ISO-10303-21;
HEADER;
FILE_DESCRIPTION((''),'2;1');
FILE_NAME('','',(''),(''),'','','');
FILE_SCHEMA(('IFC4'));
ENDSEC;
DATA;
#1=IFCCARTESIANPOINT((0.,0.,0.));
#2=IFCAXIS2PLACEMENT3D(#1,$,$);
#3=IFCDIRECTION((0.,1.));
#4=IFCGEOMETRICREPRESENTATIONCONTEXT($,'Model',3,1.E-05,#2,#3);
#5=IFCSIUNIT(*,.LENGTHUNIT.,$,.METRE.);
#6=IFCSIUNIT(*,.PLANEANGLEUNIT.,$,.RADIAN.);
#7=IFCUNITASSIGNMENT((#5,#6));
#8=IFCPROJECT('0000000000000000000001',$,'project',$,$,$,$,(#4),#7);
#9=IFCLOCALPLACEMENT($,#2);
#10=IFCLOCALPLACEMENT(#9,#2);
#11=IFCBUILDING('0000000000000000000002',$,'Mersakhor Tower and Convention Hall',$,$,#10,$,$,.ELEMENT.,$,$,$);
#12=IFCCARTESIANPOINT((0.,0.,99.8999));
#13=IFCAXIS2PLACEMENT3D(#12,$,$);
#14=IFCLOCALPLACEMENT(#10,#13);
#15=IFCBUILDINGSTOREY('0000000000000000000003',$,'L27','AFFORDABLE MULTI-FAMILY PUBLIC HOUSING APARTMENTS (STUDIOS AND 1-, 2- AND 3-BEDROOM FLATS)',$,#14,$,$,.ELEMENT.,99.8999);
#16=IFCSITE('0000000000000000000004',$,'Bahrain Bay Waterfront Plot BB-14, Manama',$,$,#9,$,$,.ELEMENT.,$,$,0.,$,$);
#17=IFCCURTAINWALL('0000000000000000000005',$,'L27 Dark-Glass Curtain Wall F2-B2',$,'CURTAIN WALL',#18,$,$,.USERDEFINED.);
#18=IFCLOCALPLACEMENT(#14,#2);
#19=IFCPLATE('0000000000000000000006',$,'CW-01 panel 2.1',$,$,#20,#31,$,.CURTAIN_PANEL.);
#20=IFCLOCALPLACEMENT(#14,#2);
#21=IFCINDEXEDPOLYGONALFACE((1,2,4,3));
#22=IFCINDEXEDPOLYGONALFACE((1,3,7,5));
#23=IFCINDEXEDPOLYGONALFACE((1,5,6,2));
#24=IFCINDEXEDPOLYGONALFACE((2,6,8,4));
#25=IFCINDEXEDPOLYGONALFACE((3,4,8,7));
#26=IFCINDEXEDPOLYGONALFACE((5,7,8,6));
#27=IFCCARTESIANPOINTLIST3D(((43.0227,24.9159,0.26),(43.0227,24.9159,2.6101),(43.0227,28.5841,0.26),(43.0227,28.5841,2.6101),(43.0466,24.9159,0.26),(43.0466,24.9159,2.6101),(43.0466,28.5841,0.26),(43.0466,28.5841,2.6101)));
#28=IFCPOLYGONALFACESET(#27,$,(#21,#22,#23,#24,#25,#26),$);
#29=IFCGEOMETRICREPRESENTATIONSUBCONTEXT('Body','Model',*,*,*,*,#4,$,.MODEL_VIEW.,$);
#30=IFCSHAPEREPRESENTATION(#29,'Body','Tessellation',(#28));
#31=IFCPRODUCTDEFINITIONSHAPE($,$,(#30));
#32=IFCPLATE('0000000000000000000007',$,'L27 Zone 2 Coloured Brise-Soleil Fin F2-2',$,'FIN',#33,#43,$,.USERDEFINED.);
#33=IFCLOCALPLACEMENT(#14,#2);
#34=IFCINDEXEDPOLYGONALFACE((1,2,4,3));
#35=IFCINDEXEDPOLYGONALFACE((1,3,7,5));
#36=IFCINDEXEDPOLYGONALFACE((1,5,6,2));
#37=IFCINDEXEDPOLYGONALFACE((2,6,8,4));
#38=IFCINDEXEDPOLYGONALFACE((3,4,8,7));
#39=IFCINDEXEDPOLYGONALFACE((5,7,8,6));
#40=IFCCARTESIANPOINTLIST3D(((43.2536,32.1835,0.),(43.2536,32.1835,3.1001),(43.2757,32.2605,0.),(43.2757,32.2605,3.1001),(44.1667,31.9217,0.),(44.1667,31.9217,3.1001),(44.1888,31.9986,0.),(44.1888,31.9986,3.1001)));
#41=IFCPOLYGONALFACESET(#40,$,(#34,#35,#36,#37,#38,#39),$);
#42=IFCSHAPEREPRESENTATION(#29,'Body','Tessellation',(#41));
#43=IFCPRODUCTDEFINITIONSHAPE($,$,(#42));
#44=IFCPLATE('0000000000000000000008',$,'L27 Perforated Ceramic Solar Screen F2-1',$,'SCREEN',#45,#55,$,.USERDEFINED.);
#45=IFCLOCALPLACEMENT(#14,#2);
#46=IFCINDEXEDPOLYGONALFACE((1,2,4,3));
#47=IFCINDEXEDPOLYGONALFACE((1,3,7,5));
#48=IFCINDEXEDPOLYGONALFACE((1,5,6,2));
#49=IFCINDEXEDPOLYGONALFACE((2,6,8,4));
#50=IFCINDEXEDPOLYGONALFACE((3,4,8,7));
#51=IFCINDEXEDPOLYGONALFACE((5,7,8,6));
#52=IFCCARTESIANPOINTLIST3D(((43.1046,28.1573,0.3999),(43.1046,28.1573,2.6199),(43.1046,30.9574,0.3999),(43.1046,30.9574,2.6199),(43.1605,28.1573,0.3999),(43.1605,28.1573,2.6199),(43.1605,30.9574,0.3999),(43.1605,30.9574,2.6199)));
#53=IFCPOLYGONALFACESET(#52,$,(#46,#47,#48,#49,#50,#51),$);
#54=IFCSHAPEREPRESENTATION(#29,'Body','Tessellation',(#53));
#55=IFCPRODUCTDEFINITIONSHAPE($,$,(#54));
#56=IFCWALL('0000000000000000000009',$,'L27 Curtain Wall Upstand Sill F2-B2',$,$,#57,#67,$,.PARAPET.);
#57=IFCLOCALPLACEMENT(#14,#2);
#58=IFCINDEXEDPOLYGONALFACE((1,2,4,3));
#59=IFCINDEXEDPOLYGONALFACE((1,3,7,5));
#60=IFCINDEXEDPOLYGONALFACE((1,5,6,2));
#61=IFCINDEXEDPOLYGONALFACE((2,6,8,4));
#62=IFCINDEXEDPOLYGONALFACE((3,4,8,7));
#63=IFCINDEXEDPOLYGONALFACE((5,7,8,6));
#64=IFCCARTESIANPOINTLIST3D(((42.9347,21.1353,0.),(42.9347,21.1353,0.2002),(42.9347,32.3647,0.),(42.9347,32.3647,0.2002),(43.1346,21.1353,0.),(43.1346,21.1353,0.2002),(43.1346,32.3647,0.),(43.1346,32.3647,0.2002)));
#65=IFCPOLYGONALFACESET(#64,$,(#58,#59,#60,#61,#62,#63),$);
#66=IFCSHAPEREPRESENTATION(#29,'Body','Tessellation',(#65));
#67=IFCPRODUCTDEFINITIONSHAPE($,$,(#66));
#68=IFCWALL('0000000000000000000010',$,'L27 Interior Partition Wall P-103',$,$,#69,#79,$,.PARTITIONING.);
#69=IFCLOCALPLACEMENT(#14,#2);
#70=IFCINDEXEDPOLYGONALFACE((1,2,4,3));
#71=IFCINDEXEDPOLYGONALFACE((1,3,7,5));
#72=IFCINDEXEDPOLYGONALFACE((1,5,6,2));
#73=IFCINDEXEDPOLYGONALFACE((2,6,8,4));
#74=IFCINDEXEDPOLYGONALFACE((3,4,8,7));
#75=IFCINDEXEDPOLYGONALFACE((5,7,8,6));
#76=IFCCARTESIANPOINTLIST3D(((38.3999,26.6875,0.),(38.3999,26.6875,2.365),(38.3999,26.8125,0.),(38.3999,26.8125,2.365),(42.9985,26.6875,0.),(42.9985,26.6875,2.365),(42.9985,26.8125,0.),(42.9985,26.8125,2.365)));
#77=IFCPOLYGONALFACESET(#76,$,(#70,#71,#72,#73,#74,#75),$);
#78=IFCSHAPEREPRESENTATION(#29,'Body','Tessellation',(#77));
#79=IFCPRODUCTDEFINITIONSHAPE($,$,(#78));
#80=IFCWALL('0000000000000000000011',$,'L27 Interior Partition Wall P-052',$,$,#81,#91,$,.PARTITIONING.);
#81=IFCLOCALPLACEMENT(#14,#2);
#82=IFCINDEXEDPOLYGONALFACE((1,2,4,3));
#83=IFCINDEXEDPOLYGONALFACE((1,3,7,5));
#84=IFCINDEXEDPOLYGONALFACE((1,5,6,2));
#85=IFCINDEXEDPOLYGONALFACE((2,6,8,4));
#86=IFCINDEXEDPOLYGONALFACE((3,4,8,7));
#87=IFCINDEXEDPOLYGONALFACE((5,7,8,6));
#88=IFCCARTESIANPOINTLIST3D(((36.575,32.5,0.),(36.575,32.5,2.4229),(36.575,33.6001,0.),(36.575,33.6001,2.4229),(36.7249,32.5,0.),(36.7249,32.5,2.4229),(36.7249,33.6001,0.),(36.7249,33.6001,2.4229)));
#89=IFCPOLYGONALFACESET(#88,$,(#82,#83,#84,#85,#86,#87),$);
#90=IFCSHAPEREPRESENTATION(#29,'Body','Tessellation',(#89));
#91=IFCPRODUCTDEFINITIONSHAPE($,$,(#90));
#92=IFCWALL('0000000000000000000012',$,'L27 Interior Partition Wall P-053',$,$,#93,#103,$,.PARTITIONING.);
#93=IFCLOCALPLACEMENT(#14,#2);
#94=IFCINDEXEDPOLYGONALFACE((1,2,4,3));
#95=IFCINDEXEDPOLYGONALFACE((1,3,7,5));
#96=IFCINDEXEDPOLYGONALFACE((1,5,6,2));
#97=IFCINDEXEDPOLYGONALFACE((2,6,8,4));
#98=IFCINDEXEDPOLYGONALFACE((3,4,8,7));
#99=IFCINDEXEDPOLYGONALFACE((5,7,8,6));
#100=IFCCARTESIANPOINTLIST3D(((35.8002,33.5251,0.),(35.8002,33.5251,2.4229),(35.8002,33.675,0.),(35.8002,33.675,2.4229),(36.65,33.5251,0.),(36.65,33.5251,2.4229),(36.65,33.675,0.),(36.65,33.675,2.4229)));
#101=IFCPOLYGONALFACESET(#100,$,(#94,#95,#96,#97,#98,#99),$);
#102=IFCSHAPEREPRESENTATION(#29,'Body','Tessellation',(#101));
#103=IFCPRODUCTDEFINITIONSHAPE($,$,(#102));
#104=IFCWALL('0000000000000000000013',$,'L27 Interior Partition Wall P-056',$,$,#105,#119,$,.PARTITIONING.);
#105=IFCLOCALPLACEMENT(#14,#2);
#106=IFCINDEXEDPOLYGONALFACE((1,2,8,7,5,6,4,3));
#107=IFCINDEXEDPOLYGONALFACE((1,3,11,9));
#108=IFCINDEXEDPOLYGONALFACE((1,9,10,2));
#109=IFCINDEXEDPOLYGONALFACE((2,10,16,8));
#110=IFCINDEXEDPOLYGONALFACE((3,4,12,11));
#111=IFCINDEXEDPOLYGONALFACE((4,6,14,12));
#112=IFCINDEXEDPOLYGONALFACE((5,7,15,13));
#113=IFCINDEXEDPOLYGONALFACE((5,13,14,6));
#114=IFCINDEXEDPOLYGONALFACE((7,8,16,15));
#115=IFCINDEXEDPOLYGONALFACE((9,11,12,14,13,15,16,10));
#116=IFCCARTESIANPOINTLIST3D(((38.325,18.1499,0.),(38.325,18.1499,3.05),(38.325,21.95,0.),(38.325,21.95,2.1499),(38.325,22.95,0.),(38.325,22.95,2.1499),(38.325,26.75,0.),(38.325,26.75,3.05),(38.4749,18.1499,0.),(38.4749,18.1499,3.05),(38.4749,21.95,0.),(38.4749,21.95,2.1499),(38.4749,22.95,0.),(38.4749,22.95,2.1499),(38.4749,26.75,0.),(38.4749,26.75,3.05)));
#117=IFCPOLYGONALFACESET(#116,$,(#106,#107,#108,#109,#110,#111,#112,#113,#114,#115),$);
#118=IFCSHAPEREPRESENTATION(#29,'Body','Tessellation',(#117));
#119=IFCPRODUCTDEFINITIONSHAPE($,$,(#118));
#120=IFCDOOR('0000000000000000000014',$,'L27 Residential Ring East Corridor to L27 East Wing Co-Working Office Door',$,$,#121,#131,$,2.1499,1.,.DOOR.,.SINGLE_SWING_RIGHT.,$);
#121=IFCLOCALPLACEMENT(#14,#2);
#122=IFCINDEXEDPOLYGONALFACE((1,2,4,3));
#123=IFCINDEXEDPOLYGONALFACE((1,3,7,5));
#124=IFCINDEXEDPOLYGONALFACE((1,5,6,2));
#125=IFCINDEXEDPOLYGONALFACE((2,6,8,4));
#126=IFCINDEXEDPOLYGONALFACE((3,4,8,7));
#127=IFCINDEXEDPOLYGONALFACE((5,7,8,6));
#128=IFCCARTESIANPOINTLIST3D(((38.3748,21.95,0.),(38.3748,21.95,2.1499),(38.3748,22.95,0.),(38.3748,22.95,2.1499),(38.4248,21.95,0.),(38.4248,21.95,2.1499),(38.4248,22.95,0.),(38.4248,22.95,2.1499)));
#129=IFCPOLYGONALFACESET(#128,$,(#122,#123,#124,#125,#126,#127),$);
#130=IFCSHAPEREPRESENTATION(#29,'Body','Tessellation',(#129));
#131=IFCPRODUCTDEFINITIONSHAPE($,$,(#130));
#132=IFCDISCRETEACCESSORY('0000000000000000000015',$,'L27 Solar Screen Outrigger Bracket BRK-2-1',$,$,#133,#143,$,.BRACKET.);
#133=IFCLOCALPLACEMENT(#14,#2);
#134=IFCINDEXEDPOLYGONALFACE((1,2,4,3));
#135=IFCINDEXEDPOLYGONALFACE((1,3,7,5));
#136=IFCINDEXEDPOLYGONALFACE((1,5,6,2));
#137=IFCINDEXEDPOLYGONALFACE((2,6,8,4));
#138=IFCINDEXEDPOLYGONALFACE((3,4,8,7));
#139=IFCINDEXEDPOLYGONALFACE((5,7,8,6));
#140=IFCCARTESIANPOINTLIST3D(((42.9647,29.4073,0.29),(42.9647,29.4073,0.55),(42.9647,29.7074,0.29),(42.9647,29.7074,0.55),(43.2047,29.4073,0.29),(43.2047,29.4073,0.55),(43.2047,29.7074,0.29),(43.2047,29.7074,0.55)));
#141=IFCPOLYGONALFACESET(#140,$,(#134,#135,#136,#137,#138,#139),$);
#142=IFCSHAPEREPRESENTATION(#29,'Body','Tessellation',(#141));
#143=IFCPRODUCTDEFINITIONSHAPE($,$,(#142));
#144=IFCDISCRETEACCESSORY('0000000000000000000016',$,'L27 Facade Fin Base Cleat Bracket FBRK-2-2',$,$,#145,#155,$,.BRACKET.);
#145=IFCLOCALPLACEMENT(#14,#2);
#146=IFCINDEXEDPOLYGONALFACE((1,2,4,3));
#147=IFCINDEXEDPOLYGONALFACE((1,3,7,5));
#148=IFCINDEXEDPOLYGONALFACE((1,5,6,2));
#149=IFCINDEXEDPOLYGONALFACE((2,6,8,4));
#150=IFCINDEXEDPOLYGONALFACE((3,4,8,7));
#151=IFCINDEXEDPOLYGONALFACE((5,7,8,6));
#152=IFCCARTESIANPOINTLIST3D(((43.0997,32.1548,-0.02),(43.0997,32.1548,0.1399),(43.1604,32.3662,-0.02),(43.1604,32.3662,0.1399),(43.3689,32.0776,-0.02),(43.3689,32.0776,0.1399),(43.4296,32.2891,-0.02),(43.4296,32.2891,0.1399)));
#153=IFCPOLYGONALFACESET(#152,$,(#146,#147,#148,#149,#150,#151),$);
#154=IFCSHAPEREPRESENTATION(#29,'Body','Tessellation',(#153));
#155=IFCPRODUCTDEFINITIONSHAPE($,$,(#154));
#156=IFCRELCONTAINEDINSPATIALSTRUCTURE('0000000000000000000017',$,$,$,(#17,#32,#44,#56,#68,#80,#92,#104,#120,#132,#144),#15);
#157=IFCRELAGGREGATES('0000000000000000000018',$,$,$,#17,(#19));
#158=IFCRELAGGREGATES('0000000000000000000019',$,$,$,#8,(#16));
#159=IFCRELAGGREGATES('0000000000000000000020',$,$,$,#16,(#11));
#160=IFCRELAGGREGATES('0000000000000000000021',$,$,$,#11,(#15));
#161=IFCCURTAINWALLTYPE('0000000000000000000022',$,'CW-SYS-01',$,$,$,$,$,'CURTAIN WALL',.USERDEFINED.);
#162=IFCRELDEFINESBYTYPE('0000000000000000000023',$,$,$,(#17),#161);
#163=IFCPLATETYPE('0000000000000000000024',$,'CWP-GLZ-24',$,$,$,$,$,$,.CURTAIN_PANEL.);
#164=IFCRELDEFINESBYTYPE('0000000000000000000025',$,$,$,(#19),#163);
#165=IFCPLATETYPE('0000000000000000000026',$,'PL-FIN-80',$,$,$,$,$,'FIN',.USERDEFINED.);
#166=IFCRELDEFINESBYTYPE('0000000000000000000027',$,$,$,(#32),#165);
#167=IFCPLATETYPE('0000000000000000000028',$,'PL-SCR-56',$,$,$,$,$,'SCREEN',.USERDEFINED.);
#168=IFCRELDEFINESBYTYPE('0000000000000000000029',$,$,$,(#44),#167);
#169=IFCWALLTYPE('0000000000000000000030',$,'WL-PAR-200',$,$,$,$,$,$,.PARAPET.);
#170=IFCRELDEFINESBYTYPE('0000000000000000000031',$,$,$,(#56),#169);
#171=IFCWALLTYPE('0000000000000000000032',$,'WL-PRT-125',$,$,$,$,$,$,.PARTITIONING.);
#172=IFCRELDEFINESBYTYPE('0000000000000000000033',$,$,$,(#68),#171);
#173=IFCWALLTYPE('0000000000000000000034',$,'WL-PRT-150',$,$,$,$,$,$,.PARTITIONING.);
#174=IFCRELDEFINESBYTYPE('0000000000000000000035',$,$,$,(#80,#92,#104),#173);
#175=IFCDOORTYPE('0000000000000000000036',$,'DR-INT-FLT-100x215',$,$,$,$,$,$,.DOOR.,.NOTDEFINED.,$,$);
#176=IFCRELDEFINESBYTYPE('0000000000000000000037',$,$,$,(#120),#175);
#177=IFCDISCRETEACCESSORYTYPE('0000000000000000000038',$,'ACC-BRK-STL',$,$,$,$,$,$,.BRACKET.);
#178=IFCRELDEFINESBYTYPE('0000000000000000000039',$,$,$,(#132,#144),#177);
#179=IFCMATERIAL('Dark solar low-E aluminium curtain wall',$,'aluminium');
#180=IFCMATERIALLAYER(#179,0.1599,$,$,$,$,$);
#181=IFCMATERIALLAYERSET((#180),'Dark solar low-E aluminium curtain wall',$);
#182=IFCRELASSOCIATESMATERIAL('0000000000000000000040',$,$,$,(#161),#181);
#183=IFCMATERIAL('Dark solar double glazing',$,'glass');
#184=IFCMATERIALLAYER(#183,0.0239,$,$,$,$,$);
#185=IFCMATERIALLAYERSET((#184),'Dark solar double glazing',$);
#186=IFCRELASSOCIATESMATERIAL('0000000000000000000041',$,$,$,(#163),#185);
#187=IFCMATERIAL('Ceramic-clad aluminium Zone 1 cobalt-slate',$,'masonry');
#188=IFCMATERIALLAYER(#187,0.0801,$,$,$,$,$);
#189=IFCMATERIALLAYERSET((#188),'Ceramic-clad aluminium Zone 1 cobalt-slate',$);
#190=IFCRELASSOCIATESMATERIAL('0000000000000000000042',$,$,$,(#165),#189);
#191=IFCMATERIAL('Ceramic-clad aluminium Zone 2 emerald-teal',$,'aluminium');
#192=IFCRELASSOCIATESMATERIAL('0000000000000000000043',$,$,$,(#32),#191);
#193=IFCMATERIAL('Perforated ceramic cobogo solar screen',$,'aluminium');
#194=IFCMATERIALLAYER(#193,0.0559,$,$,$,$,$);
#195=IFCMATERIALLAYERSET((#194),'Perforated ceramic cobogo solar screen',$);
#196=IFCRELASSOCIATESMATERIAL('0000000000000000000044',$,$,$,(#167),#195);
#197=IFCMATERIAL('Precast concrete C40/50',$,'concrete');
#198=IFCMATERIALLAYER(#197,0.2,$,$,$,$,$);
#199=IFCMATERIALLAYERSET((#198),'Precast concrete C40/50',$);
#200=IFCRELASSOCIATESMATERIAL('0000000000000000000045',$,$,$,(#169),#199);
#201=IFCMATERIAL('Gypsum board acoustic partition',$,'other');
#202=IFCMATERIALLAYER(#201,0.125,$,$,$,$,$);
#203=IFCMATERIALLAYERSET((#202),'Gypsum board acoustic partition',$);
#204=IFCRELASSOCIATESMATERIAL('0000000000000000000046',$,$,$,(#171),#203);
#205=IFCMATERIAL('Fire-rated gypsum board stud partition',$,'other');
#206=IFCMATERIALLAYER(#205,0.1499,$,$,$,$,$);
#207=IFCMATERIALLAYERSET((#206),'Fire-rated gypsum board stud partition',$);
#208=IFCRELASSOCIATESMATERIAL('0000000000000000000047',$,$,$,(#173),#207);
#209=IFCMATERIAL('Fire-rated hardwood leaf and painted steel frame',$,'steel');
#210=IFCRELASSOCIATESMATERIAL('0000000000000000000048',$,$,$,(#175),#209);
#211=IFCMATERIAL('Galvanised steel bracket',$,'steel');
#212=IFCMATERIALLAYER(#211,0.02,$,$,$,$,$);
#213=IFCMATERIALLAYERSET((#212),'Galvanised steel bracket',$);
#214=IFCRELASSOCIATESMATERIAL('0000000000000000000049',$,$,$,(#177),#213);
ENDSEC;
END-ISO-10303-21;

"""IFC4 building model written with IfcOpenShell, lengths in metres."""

from ifc_helpers import new_model, si_unit, direction, frame, frame_2d, origin, origin_2d, place, context, subcontext, project, spatial, rectangle, extrude, material, layer, layer_set, type_object, element, fill, aggregate, save


model = new_model("IFC4")

# Units and contexts
model_context = context("Model", 3, precision=1e-05, world=origin(), true_north=direction((0.0, 1.0)))
body_context = subcontext(model_context, "Body", "Model", "MODEL_VIEW")
ifc_project = project(units=[si_unit("LENGTHUNIT", "METRE"), si_unit("PLANEANGLEUNIT", "RADIAN")], contexts=[model_context])

# Site, building, storey
site_placement = place(None, origin())
site = spatial("IfcSite", under=ifc_project, at=site_placement, Name="Bahrain Bay Waterfront Plot BB-14, Manama", CompositionType="ELEMENT", RefElevation=0.0)
building_placement = place(site_placement, origin())
building = spatial("IfcBuilding", under=site, at=building_placement, Name="Mersakhor Tower and Convention Hall", CompositionType="ELEMENT")
storey_placement = place(building_placement, frame((0.0, 0.0, 99.8999)))
storey = spatial("IfcBuildingStorey", under=building, at=storey_placement, Name="L27", Description="AFFORDABLE MULTI-FAMILY PUBLIC HOUSING APARTMENTS (STUDIOS AND 1-, 2- AND 3-BEDROOM FLATS)", CompositionType="ELEMENT", Elevation=99.8999)

# Curtain wall, plate
ifc_material_1 = material(Name="Dark solar low-E aluminium curtain wall", Category="aluminium")
ifc_layer_1 = layer(ifc_material_1, 0.1599)
ifc_layer_set_1 = layer_set([ifc_layer_1], Name="Dark solar low-E aluminium curtain wall")
curtain_wall_type = type_object("IfcCurtainWallType", Name="CW-SYS-01", ElementType="CURTAIN WALL", PredefinedType="USERDEFINED", material=ifc_layer_set_1)
curtain_wall_placement = place(storey_placement, origin())
curtain_wall = element("IfcCurtainWall", 1, at=curtain_wall_placement, inside=storey, type_object=curtain_wall_type, Name="L27 Dark-Glass Curtain Wall F2-B2", ObjectType="CURTAIN WALL", PredefinedType="USERDEFINED")
ifc_material_2 = material(Name="Dark solar double glazing", Category="glass")
ifc_layer_2 = layer(ifc_material_2, 0.0239)
ifc_layer_set_2 = layer_set([ifc_layer_2], Name="Dark solar double glazing")
plate_type_1 = type_object("IfcPlateType", Name="CWP-GLZ-24", PredefinedType="CURTAIN_PANEL", material=ifc_layer_set_2)
plate_1_placement = place(storey_placement, frame((43.0347, 26.75, 0.26), z_axis=(0.0, 0.0, 1.0), x_axis=(0.0, -1.0, 0.0)))
plate_1 = element("IfcPlate", 2, at=plate_1_placement, type_object=plate_type_1, Name="CW-01 panel 2.1", PredefinedType="CURTAIN_PANEL", context=body_context, shape_type="SweptSolid", body=[
    extrude(rectangle(XDim=3.6682, YDim=0.0239, at=origin_2d()), origin(), (0.0, 0.0, 1.0), 2.3501),
])
aggregate(curtain_wall, [plate_1])

# Plates
ifc_material_3 = material(Name="Ceramic-clad aluminium Zone 2 emerald-teal", Category="aluminium")
ifc_material_4 = material(Name="Ceramic-clad aluminium Zone 1 cobalt-slate", Category="masonry")
ifc_layer_3 = layer(ifc_material_4, 0.0801)
ifc_layer_set_3 = layer_set([ifc_layer_3], Name="Ceramic-clad aluminium Zone 1 cobalt-slate")
plate_type_2 = type_object("IfcPlateType", Name="PL-FIN-80", ElementType="FIN", PredefinedType="USERDEFINED", material=ifc_layer_set_3)
plate_2_placement = place(storey_placement, frame((43.7212, 32.0911, 0.0), z_axis=(0.0, 0.0, 1.0), x_axis=(0.961262, -0.275637, 0.0)))
element("IfcPlate", 3, at=plate_2_placement, inside=storey, type_object=plate_type_2, material=ifc_material_3, Name="L27 Zone 2 Coloured Brise-Soleil Fin F2-2", ObjectType="FIN", PredefinedType="USERDEFINED", context=body_context, shape_type="SweptSolid", body=[
    extrude(rectangle(XDim=0.95, YDim=0.0801, at=origin_2d()), origin(), (0.0, 0.0, 1.0), 3.1001),
])
ifc_material_5 = material(Name="Perforated ceramic cobogo solar screen", Category="aluminium")
ifc_layer_4 = layer(ifc_material_5, 0.0559)
ifc_layer_set_4 = layer_set([ifc_layer_4], Name="Perforated ceramic cobogo solar screen")
plate_type_3 = type_object("IfcPlateType", Name="PL-SCR-56", ElementType="SCREEN", PredefinedType="USERDEFINED", material=ifc_layer_set_4)
plate_3_placement = place(storey_placement, frame((43.1326, 29.5574, 0.3999), z_axis=(0.0, 0.0, 1.0), x_axis=(0.0, -1.0, 0.0)))
element("IfcPlate", 4, at=plate_3_placement, inside=storey, type_object=plate_type_3, Name="L27 Perforated Ceramic Solar Screen F2-1", ObjectType="SCREEN", PredefinedType="USERDEFINED", context=body_context, shape_type="SweptSolid", body=[
    extrude(rectangle(XDim=2.8, YDim=0.0559, at=origin_2d()), origin(), (0.0, 0.0, 1.0), 2.22),
])

# Walls
ifc_material_6 = material(Name="Precast concrete C40/50", Category="concrete")
ifc_layer_5 = layer(ifc_material_6, 0.2)
ifc_layer_set_5 = layer_set([ifc_layer_5], Name="Precast concrete C40/50")
wall_type_1 = type_object("IfcWallType", Name="WL-PAR-200", PredefinedType="PARAPET", material=ifc_layer_set_5)
wall_1_placement = place(storey_placement, frame((43.0347, 32.3647, 0.0), z_axis=(0.0, 0.0, 1.0), x_axis=(0.0, -1.0, 0.0)))
element("IfcWall", 5, at=wall_1_placement, inside=storey, type_object=wall_type_1, Name="L27 Curtain Wall Upstand Sill F2-B2", PredefinedType="PARAPET", context=body_context, shape_type="SweptSolid", body=[
    extrude(rectangle(XDim=11.2295, YDim=0.2, at=frame_2d((5.6147, 0.0))), origin(), (0.0, 0.0, 1.0), 0.2002),
])
ifc_material_7 = material(Name="Gypsum board acoustic partition", Category="other")
ifc_layer_6 = layer(ifc_material_7, 0.125)
ifc_layer_set_6 = layer_set([ifc_layer_6], Name="Gypsum board acoustic partition")
wall_type_2 = type_object("IfcWallType", Name="WL-PRT-125", PredefinedType="PARTITIONING", material=ifc_layer_set_6)
wall_2_placement = place(storey_placement, frame((42.9985, 26.75, 0.0), z_axis=(0.0, 0.0, 1.0), x_axis=(-1.0, 0.0, 0.0)))
element("IfcWall", 6, at=wall_2_placement, inside=storey, type_object=wall_type_2, Name="L27 Interior Partition Wall P-103", PredefinedType="PARTITIONING", context=body_context, shape_type="SweptSolid", body=[
    extrude(rectangle(XDim=4.5986, YDim=0.125, at=frame_2d((2.2993, 0.0))), origin(), (0.0, 0.0, 1.0), 2.365),
])
ifc_material_8 = material(Name="Fire-rated gypsum board stud partition", Category="other")
ifc_layer_7 = layer(ifc_material_8, 0.1499)
ifc_layer_set_7 = layer_set([ifc_layer_7], Name="Fire-rated gypsum board stud partition")
wall_type_3 = type_object("IfcWallType", Name="WL-PRT-150", PredefinedType="PARTITIONING", material=ifc_layer_set_7)
wall_3_placement = place(storey_placement, frame((36.6499, 32.5, 0.0), z_axis=(0.0, 0.0, 1.0), x_axis=(0.0, 1.0, 0.0)))
element("IfcWall", 7, at=wall_3_placement, inside=storey, type_object=wall_type_3, Name="L27 Interior Partition Wall P-052", PredefinedType="PARTITIONING", context=body_context, shape_type="SweptSolid", body=[
    extrude(rectangle(XDim=1.1001, YDim=0.1499, at=frame_2d((0.55, 0.0))), origin(), (0.0, 0.0, 1.0), 2.4229),
])
wall_4_placement = place(storey_placement, frame((36.6499, 33.6001, 0.0), z_axis=(0.0, 0.0, 1.0), x_axis=(-1.0, 0.0, 0.0)))
element("IfcWall", 8, at=wall_4_placement, inside=storey, type_object=wall_type_3, Name="L27 Interior Partition Wall P-053", PredefinedType="PARTITIONING", context=body_context, shape_type="SweptSolid", body=[
    extrude(rectangle(XDim=0.8499, YDim=0.1499, at=frame_2d((0.4248, 0.0))), origin(), (0.0, 0.0, 1.0), 2.4229),
])

# Wall, opening, door
wall_5_placement = place(storey_placement, frame((38.3999, 26.75, 0.0), z_axis=(0.0, 0.0, 1.0), x_axis=(0.0, -1.0, 0.0)))
wall_5 = element("IfcWall", 9, at=wall_5_placement, inside=storey, type_object=wall_type_3, Name="L27 Interior Partition Wall P-056", PredefinedType="PARTITIONING", context=body_context, shape_type="SweptSolid", body=[
    extrude(rectangle(XDim=8.6001, YDim=0.1499, at=frame_2d((4.3, 0.0))), origin(), (0.0, 0.0, 1.0), 3.05),
])
opening_placement = place(wall_5_placement, frame((3.8, 0.0, 0.0)))
opening = element("IfcOpeningElement", 10, at=opening_placement, cuts=wall_5, PredefinedType="OPENING", context=body_context, shape_type="SweptSolid", body=[
    extrude(rectangle(XDim=1.0, YDim=2.1499, at=frame_2d((0.5, 1.075))), frame((0.0, 0.085, 0.0), z_axis=(0.0, -1.0, 0.0), x_axis=(1.0, 0.0, 0.0)), (0.0, 0.0, 1.0), 0.1699),
])
ifc_material_9 = material(Name="Fire-rated hardwood leaf and painted steel frame", Category="steel")
door_type = type_object("IfcDoorType", Name="DR-INT-FLT-100x215", OperationType="NOTDEFINED", PredefinedType="DOOR", material=ifc_material_9)
door_placement = place(opening_placement, origin())
door = element("IfcDoor", 11, at=door_placement, inside=storey, type_object=door_type, Name="L27 Residential Ring East Corridor to L27 East Wing Co-Working Office Door", OperationType="SINGLE_SWING_RIGHT", OverallHeight=2.1499, OverallWidth=1.0, PredefinedType="DOOR", context=body_context, shape_type="SweptSolid", body=[
    extrude(rectangle(XDim=1.0, YDim=2.1499, at=frame_2d((0.5, 1.075))), frame((0.0, 0.0249, 0.0), z_axis=(0.0, -1.0, 0.0), x_axis=(1.0, 0.0, 0.0)), (0.0, 0.0, 1.0), 0.05),
])
fill(opening, door)

# Discrete accessories
ifc_material_10 = material(Name="Galvanised steel bracket", Category="steel")
ifc_layer_8 = layer(ifc_material_10, 0.02)
ifc_layer_set_8 = layer_set([ifc_layer_8], Name="Galvanised steel bracket")
discrete_accessory_type = type_object("IfcDiscreteAccessoryType", Name="ACC-BRK-STL", PredefinedType="BRACKET", material=ifc_layer_set_8)
discrete_accessory_1_placement = place(storey_placement, frame((43.0847, 29.5574, 0.29), z_axis=(0.0, 0.0, 1.0), x_axis=(0.0, -1.0, 0.0)))
element("IfcDiscreteAccessory", 12, at=discrete_accessory_1_placement, inside=storey, type_object=discrete_accessory_type, Name="L27 Solar Screen Outrigger Bracket BRK-2-1", PredefinedType="BRACKET", context=body_context, shape_type="SweptSolid", body=[
    extrude(rectangle(XDim=0.3, YDim=0.24, at=origin_2d()), origin(), (0.0, 0.0, 1.0), 0.26),
])
discrete_accessory_2_placement = place(storey_placement, frame((43.2646, 32.2219, -0.02), z_axis=(0.0, 0.0, 1.0), x_axis=(0.961262, -0.275637, 0.0)))
element("IfcDiscreteAccessory", 13, at=discrete_accessory_2_placement, inside=storey, type_object=discrete_accessory_type, Name="L27 Facade Fin Base Cleat Bracket FBRK-2-2", PredefinedType="BRACKET", context=body_context, shape_type="SweptSolid", body=[
    extrude(rectangle(XDim=0.28, YDim=0.22, at=origin_2d()), origin(), (0.0, 0.0, 1.0), 0.1599),
])

save(model, "model.ifc")
